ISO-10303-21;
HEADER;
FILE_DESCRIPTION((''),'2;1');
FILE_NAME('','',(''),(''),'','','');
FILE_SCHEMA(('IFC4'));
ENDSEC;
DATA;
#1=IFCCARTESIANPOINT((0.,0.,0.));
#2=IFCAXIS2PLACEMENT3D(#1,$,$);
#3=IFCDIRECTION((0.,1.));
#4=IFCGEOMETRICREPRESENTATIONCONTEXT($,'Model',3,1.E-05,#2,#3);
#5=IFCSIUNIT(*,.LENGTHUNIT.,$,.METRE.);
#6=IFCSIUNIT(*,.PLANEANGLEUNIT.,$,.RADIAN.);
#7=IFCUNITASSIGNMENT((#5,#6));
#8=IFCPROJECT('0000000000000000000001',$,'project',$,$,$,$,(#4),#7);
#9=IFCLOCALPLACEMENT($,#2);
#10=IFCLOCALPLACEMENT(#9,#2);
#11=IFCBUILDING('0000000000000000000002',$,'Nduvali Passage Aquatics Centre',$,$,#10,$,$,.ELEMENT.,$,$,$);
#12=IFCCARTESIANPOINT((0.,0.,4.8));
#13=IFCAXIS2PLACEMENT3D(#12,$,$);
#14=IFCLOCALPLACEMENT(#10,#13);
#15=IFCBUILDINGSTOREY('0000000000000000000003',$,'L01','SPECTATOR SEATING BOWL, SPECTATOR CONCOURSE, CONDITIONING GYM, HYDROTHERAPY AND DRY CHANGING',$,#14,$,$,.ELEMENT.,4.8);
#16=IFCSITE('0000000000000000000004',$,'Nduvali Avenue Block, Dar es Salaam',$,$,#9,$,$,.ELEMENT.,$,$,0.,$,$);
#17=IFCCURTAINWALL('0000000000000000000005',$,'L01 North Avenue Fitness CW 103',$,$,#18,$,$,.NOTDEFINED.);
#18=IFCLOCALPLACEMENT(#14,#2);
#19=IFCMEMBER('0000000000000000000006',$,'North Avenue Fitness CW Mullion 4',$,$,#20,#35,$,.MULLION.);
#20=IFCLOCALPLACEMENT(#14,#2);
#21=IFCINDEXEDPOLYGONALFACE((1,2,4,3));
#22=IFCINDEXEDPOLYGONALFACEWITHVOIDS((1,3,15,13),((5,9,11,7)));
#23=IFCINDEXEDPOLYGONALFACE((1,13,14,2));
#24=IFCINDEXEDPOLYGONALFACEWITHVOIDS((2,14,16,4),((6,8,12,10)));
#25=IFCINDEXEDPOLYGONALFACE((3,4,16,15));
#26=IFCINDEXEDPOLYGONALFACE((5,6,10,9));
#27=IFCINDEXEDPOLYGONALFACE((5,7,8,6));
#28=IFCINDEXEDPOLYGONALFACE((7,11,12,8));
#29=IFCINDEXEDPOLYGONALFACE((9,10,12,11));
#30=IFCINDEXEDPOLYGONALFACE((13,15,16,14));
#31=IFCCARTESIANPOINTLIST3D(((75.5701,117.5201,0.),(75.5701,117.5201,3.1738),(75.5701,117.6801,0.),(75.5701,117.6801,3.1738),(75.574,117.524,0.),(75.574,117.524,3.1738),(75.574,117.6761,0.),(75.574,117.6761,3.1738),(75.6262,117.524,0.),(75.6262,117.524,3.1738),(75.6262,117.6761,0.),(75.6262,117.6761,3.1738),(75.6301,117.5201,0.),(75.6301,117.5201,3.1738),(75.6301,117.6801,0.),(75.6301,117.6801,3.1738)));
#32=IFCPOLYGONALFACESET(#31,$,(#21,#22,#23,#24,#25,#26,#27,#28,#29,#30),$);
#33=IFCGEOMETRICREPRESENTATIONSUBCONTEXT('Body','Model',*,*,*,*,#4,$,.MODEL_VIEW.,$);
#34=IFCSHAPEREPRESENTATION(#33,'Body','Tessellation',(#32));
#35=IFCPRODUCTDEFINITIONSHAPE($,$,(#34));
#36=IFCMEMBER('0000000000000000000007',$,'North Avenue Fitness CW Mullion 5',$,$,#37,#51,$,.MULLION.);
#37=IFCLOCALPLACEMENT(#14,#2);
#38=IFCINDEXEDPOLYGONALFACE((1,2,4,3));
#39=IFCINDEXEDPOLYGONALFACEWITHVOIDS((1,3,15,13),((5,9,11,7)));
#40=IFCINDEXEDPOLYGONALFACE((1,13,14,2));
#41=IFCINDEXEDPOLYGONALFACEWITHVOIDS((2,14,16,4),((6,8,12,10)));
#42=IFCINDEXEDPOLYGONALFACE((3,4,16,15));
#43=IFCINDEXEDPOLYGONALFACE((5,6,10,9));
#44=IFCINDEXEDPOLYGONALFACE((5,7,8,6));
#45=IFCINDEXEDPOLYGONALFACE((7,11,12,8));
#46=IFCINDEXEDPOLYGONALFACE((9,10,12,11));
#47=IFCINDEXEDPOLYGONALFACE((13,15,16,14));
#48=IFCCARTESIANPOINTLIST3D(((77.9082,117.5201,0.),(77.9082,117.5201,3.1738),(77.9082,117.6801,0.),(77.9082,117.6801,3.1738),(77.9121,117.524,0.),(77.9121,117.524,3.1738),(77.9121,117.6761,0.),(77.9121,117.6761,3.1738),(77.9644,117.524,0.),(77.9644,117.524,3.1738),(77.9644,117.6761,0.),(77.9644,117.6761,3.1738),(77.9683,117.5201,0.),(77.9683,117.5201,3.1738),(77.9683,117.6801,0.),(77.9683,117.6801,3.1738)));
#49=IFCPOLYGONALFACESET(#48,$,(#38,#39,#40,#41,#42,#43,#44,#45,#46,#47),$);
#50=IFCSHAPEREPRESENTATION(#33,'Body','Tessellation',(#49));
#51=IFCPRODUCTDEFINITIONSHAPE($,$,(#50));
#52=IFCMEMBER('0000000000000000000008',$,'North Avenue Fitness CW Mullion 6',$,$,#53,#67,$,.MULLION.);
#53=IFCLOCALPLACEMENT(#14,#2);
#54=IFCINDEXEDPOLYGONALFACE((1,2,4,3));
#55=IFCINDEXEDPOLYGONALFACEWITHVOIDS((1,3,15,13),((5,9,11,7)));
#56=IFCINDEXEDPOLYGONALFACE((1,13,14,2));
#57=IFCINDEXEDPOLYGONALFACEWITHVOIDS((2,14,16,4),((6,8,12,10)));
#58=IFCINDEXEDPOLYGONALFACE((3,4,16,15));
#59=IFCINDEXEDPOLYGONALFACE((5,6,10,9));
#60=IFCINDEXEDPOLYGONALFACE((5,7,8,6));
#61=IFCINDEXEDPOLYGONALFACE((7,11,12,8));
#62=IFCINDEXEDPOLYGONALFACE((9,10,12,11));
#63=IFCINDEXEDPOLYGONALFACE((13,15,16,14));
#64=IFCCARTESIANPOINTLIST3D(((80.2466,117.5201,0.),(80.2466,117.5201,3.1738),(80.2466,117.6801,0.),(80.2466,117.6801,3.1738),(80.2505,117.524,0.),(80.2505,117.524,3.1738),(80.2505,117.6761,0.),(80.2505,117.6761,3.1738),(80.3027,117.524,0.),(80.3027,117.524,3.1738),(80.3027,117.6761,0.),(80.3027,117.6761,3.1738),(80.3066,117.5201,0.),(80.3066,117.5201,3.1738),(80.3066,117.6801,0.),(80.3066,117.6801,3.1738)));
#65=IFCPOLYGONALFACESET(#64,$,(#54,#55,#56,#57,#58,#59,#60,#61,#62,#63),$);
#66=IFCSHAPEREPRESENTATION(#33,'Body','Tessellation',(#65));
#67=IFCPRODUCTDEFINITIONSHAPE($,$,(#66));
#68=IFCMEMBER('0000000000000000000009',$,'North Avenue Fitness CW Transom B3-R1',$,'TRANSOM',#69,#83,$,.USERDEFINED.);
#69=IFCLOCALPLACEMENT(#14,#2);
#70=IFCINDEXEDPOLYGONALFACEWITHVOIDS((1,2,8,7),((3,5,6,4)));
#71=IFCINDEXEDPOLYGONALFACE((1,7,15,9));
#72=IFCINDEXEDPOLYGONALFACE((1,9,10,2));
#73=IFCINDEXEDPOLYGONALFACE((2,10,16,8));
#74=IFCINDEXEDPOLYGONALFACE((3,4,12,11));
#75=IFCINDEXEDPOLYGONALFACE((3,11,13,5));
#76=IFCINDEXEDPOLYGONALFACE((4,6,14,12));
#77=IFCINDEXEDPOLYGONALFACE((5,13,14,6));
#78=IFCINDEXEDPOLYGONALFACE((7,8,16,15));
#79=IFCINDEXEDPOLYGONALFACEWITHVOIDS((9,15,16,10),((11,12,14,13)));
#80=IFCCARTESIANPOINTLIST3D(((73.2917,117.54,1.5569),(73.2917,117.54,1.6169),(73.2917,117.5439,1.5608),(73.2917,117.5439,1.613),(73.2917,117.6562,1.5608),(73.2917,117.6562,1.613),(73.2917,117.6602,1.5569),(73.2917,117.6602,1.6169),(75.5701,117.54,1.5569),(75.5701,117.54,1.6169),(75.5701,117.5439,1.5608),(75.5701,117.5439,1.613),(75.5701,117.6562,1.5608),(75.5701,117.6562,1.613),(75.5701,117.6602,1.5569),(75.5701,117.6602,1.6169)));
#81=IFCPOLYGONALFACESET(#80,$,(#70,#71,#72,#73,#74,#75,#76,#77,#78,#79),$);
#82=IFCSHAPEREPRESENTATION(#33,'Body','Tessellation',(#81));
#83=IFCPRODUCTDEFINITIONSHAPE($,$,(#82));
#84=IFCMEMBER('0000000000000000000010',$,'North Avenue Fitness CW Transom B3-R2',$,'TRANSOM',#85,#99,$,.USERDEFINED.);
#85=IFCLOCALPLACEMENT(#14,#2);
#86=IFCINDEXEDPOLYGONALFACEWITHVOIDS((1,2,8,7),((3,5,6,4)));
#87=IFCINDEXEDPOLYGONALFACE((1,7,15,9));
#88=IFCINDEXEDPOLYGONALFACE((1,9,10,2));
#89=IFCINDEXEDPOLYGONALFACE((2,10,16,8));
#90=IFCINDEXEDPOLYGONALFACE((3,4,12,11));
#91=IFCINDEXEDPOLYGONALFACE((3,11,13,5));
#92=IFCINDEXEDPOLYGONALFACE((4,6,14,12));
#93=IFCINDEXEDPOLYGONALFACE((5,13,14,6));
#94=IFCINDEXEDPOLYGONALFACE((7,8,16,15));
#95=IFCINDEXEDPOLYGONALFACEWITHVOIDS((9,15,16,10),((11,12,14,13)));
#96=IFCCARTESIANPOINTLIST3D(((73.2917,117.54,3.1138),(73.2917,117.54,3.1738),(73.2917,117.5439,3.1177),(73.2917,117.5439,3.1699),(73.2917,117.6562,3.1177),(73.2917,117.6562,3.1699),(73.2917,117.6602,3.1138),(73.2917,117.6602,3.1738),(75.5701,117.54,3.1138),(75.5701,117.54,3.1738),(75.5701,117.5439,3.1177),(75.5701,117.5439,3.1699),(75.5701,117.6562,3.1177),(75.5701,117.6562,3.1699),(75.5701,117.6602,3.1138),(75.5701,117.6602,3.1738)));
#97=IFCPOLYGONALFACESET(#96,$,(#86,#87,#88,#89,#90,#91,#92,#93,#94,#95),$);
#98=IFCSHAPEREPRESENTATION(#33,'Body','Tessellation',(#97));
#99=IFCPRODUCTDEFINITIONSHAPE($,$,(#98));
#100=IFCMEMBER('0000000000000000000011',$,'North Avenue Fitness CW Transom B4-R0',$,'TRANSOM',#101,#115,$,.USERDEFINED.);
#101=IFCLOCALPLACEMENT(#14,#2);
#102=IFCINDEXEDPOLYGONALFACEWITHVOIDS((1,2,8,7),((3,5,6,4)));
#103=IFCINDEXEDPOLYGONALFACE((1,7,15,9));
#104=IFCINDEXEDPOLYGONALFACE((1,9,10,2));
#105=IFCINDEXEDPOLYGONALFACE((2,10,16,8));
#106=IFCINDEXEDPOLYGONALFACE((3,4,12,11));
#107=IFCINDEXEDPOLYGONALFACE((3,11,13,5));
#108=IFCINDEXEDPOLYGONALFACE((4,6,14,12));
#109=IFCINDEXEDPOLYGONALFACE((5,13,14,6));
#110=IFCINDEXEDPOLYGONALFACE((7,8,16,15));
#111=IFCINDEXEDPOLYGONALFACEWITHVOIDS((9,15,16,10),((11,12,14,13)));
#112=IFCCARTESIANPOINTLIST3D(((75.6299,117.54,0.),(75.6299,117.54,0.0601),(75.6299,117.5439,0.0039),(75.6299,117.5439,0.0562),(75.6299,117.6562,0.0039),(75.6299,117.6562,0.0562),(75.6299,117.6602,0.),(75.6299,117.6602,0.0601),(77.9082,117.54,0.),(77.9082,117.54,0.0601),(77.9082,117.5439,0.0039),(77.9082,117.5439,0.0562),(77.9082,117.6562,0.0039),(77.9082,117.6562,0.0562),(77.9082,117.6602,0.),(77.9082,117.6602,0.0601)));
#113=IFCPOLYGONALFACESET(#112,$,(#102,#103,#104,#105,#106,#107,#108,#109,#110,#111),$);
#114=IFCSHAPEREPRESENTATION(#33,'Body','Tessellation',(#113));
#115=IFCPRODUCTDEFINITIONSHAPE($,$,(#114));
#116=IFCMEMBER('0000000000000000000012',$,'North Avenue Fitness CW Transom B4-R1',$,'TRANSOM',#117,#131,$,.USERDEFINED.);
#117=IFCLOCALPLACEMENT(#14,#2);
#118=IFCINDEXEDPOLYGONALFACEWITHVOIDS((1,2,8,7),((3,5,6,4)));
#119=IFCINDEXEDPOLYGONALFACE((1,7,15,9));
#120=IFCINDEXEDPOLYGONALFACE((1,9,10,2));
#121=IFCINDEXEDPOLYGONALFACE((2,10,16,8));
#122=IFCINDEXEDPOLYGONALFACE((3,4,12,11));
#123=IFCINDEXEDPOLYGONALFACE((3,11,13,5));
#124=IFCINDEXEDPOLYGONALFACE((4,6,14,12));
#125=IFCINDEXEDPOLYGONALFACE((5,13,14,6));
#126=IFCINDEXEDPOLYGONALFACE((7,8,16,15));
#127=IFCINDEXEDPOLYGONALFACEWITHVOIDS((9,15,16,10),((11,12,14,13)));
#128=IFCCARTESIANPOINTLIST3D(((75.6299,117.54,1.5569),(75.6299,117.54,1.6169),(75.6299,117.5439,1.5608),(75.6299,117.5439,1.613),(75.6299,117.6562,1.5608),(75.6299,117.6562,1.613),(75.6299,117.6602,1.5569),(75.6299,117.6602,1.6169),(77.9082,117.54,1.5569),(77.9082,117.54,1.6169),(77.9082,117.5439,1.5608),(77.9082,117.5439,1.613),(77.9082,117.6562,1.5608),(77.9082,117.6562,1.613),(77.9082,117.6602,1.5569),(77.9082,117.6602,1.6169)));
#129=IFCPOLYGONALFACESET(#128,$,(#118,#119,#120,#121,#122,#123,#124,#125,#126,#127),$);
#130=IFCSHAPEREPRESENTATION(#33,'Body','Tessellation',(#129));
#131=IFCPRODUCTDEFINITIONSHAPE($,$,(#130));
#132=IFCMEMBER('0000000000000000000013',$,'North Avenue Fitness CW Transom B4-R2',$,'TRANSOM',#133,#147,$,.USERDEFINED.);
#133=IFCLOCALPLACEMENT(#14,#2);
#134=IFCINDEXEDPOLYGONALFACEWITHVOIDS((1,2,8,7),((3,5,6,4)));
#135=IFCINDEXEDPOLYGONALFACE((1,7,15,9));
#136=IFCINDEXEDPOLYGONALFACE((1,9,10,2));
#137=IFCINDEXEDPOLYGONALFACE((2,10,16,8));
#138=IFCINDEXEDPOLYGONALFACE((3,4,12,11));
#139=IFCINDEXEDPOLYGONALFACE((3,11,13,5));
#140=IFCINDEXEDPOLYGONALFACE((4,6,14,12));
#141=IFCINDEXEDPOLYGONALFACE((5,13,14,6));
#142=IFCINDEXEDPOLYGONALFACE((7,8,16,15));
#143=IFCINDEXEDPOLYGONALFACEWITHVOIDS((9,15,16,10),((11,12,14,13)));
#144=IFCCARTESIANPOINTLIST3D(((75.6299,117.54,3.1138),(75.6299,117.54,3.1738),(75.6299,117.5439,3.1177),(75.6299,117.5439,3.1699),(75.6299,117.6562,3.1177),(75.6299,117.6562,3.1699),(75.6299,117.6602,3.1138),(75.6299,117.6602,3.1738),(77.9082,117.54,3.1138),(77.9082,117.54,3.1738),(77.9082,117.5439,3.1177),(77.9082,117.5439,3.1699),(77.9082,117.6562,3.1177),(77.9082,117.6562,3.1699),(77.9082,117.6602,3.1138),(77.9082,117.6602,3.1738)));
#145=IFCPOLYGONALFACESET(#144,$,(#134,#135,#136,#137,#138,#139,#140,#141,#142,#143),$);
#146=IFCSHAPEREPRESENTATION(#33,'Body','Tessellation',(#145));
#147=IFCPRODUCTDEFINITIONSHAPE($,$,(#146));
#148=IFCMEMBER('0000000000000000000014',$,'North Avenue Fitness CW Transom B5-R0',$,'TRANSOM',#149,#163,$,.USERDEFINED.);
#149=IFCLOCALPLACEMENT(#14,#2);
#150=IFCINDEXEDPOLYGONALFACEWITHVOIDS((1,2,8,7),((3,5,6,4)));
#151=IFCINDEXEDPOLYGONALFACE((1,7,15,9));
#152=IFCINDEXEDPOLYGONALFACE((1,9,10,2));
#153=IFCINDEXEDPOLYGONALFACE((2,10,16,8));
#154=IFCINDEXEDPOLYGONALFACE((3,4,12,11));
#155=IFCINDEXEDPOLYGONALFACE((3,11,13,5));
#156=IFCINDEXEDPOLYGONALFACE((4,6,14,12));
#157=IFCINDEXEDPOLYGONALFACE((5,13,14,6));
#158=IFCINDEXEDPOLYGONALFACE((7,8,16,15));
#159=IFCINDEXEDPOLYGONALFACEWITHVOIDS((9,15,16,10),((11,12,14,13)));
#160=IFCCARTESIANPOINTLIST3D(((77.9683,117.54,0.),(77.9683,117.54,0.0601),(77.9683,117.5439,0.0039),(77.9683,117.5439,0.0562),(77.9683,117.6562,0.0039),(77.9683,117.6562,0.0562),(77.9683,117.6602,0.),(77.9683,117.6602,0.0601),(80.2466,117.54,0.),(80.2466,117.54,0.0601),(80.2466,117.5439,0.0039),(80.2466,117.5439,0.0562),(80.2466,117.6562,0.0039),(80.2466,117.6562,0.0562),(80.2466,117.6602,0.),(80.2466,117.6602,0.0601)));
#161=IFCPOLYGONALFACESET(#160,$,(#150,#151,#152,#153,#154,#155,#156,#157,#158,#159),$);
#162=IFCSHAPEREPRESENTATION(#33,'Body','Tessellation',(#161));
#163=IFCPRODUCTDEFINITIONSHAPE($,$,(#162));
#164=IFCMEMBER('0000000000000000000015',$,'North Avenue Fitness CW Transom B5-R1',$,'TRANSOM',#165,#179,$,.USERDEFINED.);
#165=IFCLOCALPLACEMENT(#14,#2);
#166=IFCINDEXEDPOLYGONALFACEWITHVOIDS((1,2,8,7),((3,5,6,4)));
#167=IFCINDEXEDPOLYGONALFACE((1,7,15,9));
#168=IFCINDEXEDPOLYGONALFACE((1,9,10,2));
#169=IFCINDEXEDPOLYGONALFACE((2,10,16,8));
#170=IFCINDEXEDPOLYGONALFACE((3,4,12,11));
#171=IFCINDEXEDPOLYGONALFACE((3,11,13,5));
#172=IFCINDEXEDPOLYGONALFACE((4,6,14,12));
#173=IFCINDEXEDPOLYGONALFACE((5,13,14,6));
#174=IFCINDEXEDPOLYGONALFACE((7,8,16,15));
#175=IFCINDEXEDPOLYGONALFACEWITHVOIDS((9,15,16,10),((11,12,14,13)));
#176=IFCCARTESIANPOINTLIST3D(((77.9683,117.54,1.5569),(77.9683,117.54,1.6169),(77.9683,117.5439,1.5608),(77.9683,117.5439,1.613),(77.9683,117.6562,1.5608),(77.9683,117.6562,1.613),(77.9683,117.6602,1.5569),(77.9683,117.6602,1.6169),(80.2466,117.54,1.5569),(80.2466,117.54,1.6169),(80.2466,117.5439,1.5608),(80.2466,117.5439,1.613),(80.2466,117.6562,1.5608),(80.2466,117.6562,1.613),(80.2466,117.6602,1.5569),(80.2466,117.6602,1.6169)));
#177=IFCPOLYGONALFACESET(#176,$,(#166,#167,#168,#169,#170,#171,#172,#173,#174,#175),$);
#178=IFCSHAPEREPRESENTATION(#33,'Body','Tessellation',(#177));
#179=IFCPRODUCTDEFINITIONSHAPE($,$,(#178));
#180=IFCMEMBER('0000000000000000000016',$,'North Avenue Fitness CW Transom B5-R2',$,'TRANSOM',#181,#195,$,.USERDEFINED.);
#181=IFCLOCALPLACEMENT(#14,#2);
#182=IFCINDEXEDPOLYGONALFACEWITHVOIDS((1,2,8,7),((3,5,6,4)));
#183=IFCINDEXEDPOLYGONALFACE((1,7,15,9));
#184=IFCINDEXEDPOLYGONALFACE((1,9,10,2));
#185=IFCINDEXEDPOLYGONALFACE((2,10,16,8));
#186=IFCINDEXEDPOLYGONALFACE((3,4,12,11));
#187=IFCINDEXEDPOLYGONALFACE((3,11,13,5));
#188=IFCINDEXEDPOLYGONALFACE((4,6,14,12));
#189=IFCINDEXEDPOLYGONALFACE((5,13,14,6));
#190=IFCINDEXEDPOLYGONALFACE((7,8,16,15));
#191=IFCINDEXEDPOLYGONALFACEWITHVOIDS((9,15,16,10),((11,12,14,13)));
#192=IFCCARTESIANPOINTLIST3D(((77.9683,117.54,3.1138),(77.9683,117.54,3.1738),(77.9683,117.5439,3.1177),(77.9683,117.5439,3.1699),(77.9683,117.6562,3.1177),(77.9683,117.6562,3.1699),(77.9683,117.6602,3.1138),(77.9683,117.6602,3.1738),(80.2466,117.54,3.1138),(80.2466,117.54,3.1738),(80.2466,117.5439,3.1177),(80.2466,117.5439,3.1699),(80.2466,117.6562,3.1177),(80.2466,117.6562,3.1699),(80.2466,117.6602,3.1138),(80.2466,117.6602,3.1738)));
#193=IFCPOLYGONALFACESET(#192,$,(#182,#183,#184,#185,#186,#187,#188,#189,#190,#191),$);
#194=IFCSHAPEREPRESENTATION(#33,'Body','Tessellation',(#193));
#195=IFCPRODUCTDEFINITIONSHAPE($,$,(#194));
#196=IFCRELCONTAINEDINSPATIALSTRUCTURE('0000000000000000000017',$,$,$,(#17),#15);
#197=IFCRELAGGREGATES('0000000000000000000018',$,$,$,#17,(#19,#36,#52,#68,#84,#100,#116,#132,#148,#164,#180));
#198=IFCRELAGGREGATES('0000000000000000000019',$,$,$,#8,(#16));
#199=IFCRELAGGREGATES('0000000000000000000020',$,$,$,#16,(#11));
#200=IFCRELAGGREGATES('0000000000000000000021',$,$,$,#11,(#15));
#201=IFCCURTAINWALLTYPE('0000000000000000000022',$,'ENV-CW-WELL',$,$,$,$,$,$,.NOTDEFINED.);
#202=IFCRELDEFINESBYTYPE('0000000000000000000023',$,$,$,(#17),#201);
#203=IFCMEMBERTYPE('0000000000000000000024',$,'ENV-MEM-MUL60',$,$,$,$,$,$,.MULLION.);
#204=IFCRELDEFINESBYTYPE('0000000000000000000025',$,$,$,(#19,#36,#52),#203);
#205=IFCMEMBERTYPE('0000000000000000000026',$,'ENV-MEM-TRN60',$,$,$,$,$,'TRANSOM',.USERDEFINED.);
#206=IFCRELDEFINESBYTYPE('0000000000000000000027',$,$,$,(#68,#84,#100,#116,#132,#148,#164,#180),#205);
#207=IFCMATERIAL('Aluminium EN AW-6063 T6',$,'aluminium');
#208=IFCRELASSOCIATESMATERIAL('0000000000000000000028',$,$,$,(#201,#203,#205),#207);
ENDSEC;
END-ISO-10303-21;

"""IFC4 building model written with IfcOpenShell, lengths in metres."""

from ifc_helpers import new_model, si_unit, direction, frame, origin, origin_2d, place, context, subcontext, project, spatial, hollow_rectangle, extrude, material, material_profile, profile_set, type_object, element, aggregate, save


model = new_model("IFC4")

# Units and contexts
model_context = context("Model", 3, precision=1e-05, world=origin(), true_north=direction((0.0, 1.0)))
body_context = subcontext(model_context, "Body", "Model", "MODEL_VIEW")
ifc_project = project(units=[si_unit("LENGTHUNIT", "METRE"), si_unit("PLANEANGLEUNIT", "RADIAN")], contexts=[model_context])

# Site, building, storey
site_placement = place(None, origin())
site = spatial("IfcSite", under=ifc_project, at=site_placement, Name="Nduvali Avenue Block, Dar es Salaam", CompositionType="ELEMENT", RefElevation=0.0)
building_placement = place(site_placement, origin())
building = spatial("IfcBuilding", under=site, at=building_placement, Name="Nduvali Passage Aquatics Centre", CompositionType="ELEMENT")
storey_placement = place(building_placement, frame((0.0, 0.0, 4.8)))
storey = spatial("IfcBuildingStorey", under=building, at=storey_placement, Name="L01", Description="SPECTATOR SEATING BOWL, SPECTATOR CONCOURSE, CONDITIONING GYM, HYDROTHERAPY AND DRY CHANGING", CompositionType="ELEMENT", Elevation=4.8)

# Curtain wall, members
ifc_material_1 = material(Name="Aluminium EN AW-6063 T6", Category="aluminium")
curtain_wall_type = type_object("IfcCurtainWallType", Name="ENV-CW-WELL", PredefinedType="NOTDEFINED", material=ifc_material_1)
curtain_wall_placement = place(storey_placement, origin())
curtain_wall = element("IfcCurtainWall", 1, at=curtain_wall_placement, inside=storey, type_object=curtain_wall_type, Name="L01 North Avenue Fitness CW 103", PredefinedType="NOTDEFINED")
ifc_material_profile_1 = material_profile(ifc_material_1, hollow_rectangle(XDim=0.0601, YDim=0.1599, WallThickness=0.0039, at=origin_2d()), Name="ALU MULLION 60x160x4")
ifc_profile_set_1 = profile_set([ifc_material_profile_1], Name="Aluminium EN AW-6063 T6")
member_type_1 = type_object("IfcMemberType", Name="ENV-MEM-MUL60", PredefinedType="MULLION", material=ifc_profile_set_1)
member_1_placement = place(storey_placement, frame((75.6001, 117.6001, 0.0), z_axis=(0.0, 0.0, 1.0), x_axis=(1.0, 0.0, 0.0)))
member_1 = element("IfcMember", 2, at=member_1_placement, type_object=member_type_1, Name="North Avenue Fitness CW Mullion 4", PredefinedType="MULLION", context=body_context, shape_type="SweptSolid", body=[
    extrude(hollow_rectangle(XDim=0.0601, YDim=0.1599, WallThickness=0.0039, at=origin_2d()), origin(), (0.0, 0.0, 1.0), 3.1738),
])
member_2_placement = place(storey_placement, frame((77.9382, 117.6001, 0.0), z_axis=(0.0, 0.0, 1.0), x_axis=(1.0, 0.0, 0.0)))
member_2 = element("IfcMember", 3, at=member_2_placement, type_object=member_type_1, Name="North Avenue Fitness CW Mullion 5", PredefinedType="MULLION", context=body_context, shape_type="SweptSolid", body=[
    extrude(hollow_rectangle(XDim=0.0601, YDim=0.1599, WallThickness=0.0039, at=origin_2d()), origin(), (0.0, 0.0, 1.0), 3.1738),
])
member_3_placement = place(storey_placement, frame((80.2766, 117.6001, 0.0), z_axis=(0.0, 0.0, 1.0), x_axis=(1.0, 0.0, 0.0)))
member_3 = element("IfcMember", 4, at=member_3_placement, type_object=member_type_1, Name="North Avenue Fitness CW Mullion 6", PredefinedType="MULLION", context=body_context, shape_type="SweptSolid", body=[
    extrude(hollow_rectangle(XDim=0.0601, YDim=0.1599, WallThickness=0.0039, at=origin_2d()), origin(), (0.0, 0.0, 1.0), 3.1738),
])
ifc_material_profile_2 = material_profile(ifc_material_1, hollow_rectangle(XDim=0.1201, YDim=0.0601, WallThickness=0.0039, at=origin_2d()), Name="ALU TRANSOM 120x60x4")
ifc_profile_set_2 = profile_set([ifc_material_profile_2], Name="Aluminium EN AW-6063 T6")
member_type_2 = type_object("IfcMemberType", Name="ENV-MEM-TRN60", ElementType="TRANSOM", PredefinedType="USERDEFINED", material=ifc_profile_set_2)
member_4_placement = place(storey_placement, frame((73.2917, 117.6001, 1.5869), z_axis=(1.0, 0.0, 0.0), x_axis=(0.0, 1.0, 0.0)))
member_4 = element("IfcMember", 5, at=member_4_placement, type_object=member_type_2, Name="North Avenue Fitness CW Transom B3-R1", ObjectType="TRANSOM", PredefinedType="USERDEFINED", context=body_context, shape_type="SweptSolid", body=[
    extrude(hollow_rectangle(XDim=0.1201, YDim=0.0601, WallThickness=0.0039, at=origin_2d()), origin(), (0.0, 0.0, 1.0), 2.2783),
])
member_5_placement = place(storey_placement, frame((73.2917, 117.6001, 3.1438), z_axis=(1.0, 0.0, 0.0), x_axis=(0.0, 1.0, 0.0)))
member_5 = element("IfcMember", 6, at=member_5_placement, type_object=member_type_2, Name="North Avenue Fitness CW Transom B3-R2", ObjectType="TRANSOM", PredefinedType="USERDEFINED", context=body_context, shape_type="SweptSolid", body=[
    extrude(hollow_rectangle(XDim=0.1201, YDim=0.0601, WallThickness=0.0039, at=origin_2d()), origin(), (0.0, 0.0, 1.0), 2.2783),
])
member_6_placement = place(storey_placement, frame((75.6299, 117.6001, 0.03), z_axis=(1.0, 0.0, 0.0), x_axis=(0.0, 1.0, 0.0)))
member_6 = element("IfcMember", 7, at=member_6_placement, type_object=member_type_2, Name="North Avenue Fitness CW Transom B4-R0", ObjectType="TRANSOM", PredefinedType="USERDEFINED", context=body_context, shape_type="SweptSolid", body=[
    extrude(hollow_rectangle(XDim=0.1201, YDim=0.0601, WallThickness=0.0039, at=origin_2d()), origin(), (0.0, 0.0, 1.0), 2.2783),
])
member_7_placement = place(storey_placement, frame((75.6299, 117.6001, 1.5869), z_axis=(1.0, 0.0, 0.0), x_axis=(0.0, 1.0, 0.0)))
member_7 = element("IfcMember", 8, at=member_7_placement, type_object=member_type_2, Name="North Avenue Fitness CW Transom B4-R1", ObjectType="TRANSOM", PredefinedType="USERDEFINED", context=body_context, shape_type="SweptSolid", body=[
    extrude(hollow_rectangle(XDim=0.1201, YDim=0.0601, WallThickness=0.0039, at=origin_2d()), origin(), (0.0, 0.0, 1.0), 2.2783),
])
member_8_placement = place(storey_placement, frame((75.6299, 117.6001, 3.1438), z_axis=(1.0, 0.0, 0.0), x_axis=(0.0, 1.0, 0.0)))
member_8 = element("IfcMember", 9, at=member_8_placement, type_object=member_type_2, Name="North Avenue Fitness CW Transom B4-R2", ObjectType="TRANSOM", PredefinedType="USERDEFINED", context=body_context, shape_type="SweptSolid", body=[
    extrude(hollow_rectangle(XDim=0.1201, YDim=0.0601, WallThickness=0.0039, at=origin_2d()), origin(), (0.0, 0.0, 1.0), 2.2783),
])
member_9_placement = place(storey_placement, frame((77.9683, 117.6001, 0.03), z_axis=(1.0, 0.0, 0.0), x_axis=(0.0, 1.0, 0.0)))
member_9 = element("IfcMember", 10, at=member_9_placement, type_object=member_type_2, Name="North Avenue Fitness CW Transom B5-R0", ObjectType="TRANSOM", PredefinedType="USERDEFINED", context=body_context, shape_type="SweptSolid", body=[
    extrude(hollow_rectangle(XDim=0.1201, YDim=0.0601, WallThickness=0.0039, at=origin_2d()), origin(), (0.0, 0.0, 1.0), 2.2783),
])
member_10_placement = place(storey_placement, frame((77.9683, 117.6001, 1.5869), z_axis=(1.0, 0.0, 0.0), x_axis=(0.0, 1.0, 0.0)))
member_10 = element("IfcMember", 11, at=member_10_placement, type_object=member_type_2, Name="North Avenue Fitness CW Transom B5-R1", ObjectType="TRANSOM", PredefinedType="USERDEFINED", context=body_context, shape_type="SweptSolid", body=[
    extrude(hollow_rectangle(XDim=0.1201, YDim=0.0601, WallThickness=0.0039, at=origin_2d()), origin(), (0.0, 0.0, 1.0), 2.2783),
])
member_11_placement = place(storey_placement, frame((77.9683, 117.6001, 3.1438), z_axis=(1.0, 0.0, 0.0), x_axis=(0.0, 1.0, 0.0)))
member_11 = element("IfcMember", 12, at=member_11_placement, type_object=member_type_2, Name="North Avenue Fitness CW Transom B5-R2", ObjectType="TRANSOM", PredefinedType="USERDEFINED", context=body_context, shape_type="SweptSolid", body=[
    extrude(hollow_rectangle(XDim=0.1201, YDim=0.0601, WallThickness=0.0039, at=origin_2d()), origin(), (0.0, 0.0, 1.0), 2.2783),
])
aggregate(curtain_wall, [member_1, member_2, member_3, member_4, member_5, member_6, member_7, member_8, member_9, member_10, member_11])

save(model, "model.ifc")
